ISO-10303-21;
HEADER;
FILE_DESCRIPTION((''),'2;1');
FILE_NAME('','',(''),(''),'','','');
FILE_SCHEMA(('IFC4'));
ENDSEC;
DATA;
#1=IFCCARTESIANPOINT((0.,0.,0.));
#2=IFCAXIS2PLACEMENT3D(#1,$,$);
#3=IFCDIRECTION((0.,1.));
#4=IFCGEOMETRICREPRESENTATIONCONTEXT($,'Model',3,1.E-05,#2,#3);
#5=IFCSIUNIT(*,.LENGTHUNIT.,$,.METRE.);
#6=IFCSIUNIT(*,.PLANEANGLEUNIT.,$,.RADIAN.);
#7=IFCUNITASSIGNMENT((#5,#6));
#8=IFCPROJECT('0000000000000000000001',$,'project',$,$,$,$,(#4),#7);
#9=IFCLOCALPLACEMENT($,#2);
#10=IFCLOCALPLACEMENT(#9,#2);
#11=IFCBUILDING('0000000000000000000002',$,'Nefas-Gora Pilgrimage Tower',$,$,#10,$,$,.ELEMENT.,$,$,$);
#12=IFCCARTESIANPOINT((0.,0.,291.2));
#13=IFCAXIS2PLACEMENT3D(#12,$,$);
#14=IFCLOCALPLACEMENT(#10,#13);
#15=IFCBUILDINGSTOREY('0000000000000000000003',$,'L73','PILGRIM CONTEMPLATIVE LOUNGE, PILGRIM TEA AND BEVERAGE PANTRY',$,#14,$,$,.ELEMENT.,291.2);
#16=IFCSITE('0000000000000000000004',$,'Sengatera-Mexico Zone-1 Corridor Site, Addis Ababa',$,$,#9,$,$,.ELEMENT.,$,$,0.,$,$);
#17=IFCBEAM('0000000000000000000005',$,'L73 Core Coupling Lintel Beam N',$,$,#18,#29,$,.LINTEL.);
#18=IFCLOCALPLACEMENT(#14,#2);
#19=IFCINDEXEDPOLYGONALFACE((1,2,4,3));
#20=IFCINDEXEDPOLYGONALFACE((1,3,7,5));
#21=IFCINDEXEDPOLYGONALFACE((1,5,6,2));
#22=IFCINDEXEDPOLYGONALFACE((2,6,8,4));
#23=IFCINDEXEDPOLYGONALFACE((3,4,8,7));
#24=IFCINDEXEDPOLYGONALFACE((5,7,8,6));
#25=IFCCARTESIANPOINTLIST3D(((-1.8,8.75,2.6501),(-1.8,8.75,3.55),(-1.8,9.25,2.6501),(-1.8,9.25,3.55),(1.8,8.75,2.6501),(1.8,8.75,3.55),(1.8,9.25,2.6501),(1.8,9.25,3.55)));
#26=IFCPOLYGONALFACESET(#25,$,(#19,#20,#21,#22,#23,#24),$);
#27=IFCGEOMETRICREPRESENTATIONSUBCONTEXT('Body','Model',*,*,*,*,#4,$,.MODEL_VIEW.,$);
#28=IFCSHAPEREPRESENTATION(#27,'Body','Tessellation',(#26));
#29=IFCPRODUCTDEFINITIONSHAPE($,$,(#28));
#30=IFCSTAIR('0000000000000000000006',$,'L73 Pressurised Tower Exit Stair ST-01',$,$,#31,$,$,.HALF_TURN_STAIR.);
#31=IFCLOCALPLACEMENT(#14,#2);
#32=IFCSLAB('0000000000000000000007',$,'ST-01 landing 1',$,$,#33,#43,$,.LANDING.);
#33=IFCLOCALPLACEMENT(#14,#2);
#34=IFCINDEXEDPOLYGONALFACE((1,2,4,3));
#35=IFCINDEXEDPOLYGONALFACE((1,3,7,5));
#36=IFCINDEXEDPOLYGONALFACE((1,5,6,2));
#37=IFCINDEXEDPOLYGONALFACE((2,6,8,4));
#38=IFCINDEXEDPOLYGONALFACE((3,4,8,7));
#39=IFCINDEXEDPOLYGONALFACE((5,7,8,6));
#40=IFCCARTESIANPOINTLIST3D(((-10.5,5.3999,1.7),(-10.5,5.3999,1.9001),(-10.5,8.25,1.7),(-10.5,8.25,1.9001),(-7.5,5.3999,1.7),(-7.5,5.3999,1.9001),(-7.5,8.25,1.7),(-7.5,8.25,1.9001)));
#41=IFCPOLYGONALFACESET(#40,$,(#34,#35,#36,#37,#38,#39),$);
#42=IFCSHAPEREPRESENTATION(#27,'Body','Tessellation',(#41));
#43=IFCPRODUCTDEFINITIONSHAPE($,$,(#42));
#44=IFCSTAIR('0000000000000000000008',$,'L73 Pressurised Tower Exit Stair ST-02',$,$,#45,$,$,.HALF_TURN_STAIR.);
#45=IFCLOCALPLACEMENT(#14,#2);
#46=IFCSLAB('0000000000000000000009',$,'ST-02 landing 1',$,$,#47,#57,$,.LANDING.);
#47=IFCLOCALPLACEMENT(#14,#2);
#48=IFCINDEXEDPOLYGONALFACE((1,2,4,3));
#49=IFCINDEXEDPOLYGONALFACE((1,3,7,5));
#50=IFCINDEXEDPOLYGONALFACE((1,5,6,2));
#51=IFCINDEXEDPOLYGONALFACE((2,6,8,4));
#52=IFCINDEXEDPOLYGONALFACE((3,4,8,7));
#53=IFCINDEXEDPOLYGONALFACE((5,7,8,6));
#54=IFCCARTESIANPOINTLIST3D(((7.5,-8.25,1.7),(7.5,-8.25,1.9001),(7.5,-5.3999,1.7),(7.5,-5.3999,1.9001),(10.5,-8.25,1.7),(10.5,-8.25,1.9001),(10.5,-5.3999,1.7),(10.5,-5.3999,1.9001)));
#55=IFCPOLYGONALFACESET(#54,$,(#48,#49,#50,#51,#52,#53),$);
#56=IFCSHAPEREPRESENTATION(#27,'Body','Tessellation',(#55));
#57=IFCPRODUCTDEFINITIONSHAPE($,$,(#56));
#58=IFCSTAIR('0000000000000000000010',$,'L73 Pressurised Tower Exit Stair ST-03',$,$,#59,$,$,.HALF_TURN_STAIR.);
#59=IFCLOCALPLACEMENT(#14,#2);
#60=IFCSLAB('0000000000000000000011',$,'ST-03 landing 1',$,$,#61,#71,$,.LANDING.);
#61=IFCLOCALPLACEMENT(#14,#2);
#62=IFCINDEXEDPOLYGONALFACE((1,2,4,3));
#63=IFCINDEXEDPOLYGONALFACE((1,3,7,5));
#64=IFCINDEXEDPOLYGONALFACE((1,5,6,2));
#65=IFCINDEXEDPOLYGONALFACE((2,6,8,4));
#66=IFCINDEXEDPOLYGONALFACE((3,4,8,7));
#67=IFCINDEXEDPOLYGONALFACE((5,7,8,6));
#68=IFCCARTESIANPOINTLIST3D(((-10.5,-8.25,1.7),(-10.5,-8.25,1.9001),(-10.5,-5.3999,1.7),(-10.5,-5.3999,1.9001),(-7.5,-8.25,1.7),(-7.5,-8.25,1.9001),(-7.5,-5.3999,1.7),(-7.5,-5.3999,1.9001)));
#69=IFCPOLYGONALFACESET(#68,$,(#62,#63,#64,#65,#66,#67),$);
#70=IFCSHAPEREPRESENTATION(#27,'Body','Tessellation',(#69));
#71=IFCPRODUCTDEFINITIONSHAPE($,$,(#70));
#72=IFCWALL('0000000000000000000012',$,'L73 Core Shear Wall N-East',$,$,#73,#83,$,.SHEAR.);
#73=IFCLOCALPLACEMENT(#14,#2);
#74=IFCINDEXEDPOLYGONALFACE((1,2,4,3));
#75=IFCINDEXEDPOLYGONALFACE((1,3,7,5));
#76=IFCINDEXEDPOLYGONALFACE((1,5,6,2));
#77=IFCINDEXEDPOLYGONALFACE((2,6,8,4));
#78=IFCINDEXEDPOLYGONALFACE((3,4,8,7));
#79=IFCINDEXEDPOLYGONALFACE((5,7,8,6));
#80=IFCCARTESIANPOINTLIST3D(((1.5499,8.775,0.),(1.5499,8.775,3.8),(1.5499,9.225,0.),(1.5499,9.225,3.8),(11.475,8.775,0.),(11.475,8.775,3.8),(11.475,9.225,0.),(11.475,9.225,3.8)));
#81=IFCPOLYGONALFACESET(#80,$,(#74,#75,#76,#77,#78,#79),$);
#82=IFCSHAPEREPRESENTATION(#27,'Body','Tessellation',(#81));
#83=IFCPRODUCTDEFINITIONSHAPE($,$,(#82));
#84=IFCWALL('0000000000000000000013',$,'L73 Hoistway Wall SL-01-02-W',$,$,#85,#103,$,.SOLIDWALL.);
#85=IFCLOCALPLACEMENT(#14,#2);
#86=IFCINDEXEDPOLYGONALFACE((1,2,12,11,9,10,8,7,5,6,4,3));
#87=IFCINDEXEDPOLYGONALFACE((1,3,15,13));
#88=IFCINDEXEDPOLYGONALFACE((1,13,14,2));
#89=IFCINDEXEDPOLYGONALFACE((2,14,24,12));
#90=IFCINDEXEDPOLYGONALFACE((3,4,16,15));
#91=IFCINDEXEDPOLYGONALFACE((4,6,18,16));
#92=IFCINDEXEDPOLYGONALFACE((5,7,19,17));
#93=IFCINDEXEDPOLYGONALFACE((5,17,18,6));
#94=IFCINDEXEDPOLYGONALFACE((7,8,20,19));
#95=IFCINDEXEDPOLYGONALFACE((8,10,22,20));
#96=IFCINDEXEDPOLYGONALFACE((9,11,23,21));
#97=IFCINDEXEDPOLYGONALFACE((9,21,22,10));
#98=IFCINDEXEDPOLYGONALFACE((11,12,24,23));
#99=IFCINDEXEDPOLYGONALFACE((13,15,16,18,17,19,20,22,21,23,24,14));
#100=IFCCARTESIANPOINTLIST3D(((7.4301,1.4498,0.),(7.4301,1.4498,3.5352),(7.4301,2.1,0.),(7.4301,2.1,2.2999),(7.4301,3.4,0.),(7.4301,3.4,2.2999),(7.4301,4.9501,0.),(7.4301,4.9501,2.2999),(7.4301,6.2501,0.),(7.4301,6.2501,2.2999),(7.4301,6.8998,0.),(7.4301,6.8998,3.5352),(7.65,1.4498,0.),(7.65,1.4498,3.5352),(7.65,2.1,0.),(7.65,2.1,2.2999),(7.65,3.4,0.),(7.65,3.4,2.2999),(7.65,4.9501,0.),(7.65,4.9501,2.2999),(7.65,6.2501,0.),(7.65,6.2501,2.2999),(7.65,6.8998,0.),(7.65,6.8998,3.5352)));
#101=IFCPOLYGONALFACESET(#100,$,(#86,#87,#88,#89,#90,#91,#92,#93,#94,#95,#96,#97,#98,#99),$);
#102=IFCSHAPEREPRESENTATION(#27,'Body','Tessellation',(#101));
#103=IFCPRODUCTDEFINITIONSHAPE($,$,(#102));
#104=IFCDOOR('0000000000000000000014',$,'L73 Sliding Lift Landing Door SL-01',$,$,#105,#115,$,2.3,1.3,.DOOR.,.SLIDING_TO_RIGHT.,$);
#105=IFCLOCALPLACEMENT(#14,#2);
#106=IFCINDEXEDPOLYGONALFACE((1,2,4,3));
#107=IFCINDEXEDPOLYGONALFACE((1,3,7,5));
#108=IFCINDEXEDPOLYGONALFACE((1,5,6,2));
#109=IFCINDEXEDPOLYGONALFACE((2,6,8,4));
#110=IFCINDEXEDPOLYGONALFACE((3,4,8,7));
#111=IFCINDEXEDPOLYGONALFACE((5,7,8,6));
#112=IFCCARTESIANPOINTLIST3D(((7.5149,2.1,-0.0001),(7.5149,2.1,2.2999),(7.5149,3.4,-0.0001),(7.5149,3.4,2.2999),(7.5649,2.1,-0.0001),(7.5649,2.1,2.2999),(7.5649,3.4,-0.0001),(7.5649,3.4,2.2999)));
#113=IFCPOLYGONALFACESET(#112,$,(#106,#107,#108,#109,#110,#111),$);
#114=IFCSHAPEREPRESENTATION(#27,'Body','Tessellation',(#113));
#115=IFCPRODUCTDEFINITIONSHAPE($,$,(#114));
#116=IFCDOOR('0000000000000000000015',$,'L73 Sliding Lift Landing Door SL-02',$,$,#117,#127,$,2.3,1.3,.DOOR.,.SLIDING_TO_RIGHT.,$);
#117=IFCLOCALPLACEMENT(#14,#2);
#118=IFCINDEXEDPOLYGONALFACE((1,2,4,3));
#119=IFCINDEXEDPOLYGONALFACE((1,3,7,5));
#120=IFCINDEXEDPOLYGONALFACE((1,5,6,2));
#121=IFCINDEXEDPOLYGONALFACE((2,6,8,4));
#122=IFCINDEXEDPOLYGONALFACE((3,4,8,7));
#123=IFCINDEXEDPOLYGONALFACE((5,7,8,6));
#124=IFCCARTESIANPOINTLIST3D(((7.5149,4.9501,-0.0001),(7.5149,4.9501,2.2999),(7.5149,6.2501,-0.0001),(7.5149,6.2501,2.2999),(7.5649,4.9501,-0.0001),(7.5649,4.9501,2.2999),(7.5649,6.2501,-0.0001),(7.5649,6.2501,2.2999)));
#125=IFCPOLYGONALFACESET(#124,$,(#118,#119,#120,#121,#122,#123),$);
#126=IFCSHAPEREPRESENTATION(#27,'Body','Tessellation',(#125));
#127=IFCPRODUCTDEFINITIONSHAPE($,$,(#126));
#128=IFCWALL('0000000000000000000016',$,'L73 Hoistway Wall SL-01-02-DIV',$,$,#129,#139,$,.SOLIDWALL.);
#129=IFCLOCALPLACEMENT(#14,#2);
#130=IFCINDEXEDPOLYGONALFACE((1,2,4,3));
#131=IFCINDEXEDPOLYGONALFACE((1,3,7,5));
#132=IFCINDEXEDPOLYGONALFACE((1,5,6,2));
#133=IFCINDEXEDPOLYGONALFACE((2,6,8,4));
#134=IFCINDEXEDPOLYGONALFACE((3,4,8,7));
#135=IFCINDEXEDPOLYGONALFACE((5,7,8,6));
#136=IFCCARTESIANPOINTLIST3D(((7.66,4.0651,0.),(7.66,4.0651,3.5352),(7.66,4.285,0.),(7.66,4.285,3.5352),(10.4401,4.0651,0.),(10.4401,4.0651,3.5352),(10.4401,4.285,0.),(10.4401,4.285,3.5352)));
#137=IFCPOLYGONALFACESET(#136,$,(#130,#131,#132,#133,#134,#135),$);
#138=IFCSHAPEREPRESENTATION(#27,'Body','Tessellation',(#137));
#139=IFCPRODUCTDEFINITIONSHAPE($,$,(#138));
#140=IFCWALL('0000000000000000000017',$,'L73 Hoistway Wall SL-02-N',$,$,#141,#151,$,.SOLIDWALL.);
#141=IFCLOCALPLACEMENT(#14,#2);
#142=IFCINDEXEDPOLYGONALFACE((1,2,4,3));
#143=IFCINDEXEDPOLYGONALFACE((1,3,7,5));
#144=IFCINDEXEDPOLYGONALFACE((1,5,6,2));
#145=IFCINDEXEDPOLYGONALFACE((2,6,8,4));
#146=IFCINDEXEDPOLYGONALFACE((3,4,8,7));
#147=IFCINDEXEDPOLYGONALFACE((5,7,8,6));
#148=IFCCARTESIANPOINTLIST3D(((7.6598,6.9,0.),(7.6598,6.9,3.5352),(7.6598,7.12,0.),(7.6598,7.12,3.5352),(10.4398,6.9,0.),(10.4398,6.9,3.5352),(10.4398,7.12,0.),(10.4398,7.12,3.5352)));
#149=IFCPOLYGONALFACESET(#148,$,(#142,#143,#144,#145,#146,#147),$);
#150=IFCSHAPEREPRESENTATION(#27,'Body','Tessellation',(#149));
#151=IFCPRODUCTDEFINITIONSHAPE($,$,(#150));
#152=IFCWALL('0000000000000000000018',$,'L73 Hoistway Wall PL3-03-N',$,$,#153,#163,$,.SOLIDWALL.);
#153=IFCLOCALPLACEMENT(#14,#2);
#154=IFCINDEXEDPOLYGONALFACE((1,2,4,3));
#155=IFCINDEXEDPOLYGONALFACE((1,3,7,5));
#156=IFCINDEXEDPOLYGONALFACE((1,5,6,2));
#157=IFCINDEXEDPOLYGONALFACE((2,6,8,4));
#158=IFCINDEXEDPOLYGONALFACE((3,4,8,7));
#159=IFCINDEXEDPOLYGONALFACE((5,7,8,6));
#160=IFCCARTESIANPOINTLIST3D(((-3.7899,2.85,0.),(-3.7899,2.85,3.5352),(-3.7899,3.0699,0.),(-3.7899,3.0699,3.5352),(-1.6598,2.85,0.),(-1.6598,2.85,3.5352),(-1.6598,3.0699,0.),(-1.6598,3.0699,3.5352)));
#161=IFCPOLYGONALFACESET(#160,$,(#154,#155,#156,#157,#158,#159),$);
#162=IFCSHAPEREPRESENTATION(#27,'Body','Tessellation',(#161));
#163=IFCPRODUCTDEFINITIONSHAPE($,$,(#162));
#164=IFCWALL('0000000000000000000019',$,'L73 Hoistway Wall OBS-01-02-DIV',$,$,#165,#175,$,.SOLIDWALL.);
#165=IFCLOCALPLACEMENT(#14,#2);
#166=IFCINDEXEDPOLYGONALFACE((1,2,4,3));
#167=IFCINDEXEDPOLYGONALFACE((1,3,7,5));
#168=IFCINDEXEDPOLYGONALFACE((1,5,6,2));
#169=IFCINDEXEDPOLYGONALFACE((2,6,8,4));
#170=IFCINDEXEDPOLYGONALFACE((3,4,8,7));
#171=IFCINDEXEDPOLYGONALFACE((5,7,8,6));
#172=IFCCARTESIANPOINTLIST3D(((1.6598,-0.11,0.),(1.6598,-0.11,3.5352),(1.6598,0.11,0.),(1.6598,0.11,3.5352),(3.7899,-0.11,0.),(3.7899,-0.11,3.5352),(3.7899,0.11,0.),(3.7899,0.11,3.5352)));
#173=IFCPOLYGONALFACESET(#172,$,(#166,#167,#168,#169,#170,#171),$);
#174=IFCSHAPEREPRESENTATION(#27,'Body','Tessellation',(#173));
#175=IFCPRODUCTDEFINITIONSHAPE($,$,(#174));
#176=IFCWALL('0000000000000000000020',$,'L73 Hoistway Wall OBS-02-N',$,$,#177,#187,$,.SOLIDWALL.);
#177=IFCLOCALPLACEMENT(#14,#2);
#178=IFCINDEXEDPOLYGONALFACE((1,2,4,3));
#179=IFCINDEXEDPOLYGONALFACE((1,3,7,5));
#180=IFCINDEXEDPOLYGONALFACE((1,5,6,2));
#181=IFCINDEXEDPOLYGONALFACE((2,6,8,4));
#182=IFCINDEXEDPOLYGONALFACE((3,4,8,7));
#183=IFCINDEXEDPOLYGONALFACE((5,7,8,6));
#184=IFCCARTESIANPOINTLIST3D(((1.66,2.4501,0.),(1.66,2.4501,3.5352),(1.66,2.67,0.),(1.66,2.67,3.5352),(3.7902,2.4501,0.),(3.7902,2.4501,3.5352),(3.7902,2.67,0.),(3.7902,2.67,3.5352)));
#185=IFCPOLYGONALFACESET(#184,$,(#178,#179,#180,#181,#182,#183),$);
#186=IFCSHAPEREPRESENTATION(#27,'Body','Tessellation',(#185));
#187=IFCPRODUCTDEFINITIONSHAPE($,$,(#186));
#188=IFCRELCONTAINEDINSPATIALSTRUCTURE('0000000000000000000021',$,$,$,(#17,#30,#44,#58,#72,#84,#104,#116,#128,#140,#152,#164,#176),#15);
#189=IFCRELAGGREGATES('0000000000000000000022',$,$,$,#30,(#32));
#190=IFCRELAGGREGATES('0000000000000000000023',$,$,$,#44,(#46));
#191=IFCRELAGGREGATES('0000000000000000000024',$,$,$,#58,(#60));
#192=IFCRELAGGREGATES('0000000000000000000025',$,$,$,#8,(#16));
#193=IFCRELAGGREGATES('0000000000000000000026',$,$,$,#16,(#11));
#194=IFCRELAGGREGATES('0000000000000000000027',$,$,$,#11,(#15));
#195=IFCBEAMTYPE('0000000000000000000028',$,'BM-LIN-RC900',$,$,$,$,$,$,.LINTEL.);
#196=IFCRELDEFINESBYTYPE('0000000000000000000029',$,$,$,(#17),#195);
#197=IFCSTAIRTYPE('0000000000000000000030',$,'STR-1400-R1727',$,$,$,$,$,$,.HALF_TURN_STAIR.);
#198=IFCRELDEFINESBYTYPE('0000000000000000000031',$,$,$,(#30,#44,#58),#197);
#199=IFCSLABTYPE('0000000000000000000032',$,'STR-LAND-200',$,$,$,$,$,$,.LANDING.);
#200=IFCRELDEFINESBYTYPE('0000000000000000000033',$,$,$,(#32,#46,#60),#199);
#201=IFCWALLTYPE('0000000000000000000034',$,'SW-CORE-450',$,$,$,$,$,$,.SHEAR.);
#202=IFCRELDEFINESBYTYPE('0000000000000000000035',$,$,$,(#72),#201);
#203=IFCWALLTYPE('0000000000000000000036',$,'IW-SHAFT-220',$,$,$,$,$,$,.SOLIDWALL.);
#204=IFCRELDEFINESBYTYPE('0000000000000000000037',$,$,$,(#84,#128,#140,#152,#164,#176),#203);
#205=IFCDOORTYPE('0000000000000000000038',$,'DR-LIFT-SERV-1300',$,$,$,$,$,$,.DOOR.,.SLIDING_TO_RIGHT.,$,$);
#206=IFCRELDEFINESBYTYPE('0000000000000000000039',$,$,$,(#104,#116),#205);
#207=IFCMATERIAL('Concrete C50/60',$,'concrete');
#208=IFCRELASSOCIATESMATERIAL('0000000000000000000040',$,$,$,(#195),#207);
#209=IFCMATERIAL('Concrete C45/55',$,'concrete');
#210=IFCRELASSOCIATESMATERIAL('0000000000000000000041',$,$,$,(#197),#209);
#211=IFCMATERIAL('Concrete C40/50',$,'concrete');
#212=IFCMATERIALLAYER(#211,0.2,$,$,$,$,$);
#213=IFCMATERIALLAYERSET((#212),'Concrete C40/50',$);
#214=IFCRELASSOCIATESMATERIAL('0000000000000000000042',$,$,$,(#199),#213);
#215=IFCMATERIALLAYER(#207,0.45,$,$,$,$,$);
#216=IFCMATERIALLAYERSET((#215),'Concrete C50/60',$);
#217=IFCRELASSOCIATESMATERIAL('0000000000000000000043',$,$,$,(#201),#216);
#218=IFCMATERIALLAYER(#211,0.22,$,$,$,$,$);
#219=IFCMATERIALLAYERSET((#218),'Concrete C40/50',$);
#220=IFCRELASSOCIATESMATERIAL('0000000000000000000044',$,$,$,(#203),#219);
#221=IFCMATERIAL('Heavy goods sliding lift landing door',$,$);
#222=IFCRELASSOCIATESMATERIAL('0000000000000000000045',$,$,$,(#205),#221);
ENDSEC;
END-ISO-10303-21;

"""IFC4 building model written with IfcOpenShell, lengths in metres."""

from ifc_helpers import new_model, si_unit, direction, frame, frame_2d, origin, origin_2d, place, context, subcontext, project, spatial, polyline, rectangle, outline, extrude, source, transform, mapped, material, layer, layer_set, material_profile, profile_set, type_object, element, fill, aggregate, save


model = new_model("IFC4")

# Units and contexts
model_context = context("Model", 3, precision=1e-05, world=origin(), true_north=direction((0.0, 1.0)))
body_context = subcontext(model_context, "Body", "Model", "MODEL_VIEW")
ifc_project = project(units=[si_unit("LENGTHUNIT", "METRE"), si_unit("PLANEANGLEUNIT", "RADIAN")], contexts=[model_context])

# Site, building, storey
site_placement = place(None, origin())
site = spatial("IfcSite", under=ifc_project, at=site_placement, Name="Sengatera-Mexico Zone-1 Corridor Site, Addis Ababa", CompositionType="ELEMENT", RefElevation=0.0)
building_placement = place(site_placement, origin())
building = spatial("IfcBuilding", under=site, at=building_placement, Name="Nefas-Gora Pilgrimage Tower", CompositionType="ELEMENT")
storey_placement = place(building_placement, frame((0.0, 0.0, 291.2)))
storey = spatial("IfcBuildingStorey", under=building, at=storey_placement, Name="L73", Description="PILGRIM CONTEMPLATIVE LOUNGE, PILGRIM TEA AND BEVERAGE PANTRY", CompositionType="ELEMENT", Elevation=291.2)

# Beam
ifc_material_1 = material(Name="Concrete C50/60", Category="concrete")
ifc_material_profile = material_profile(ifc_material_1, rectangle(XDim=0.5, YDim=0.8999, at=origin_2d()), Name="RC 500x900")
ifc_profile_set = profile_set([ifc_material_profile], Name="Concrete C50/60")
beam_type = type_object("IfcBeamType", Name="BM-LIN-RC900", PredefinedType="LINTEL", material=ifc_profile_set)
shared_shape_1 = source(origin(), body_context, "Body", "SweptSolid", [
    extrude(rectangle(XDim=0.5, YDim=0.8999, at=origin_2d()), origin(), (0.0, 0.0, 1.0), 3.6001),
])
beam_placement = place(storey_placement, frame((-1.8, 9.0, 3.1001), z_axis=(1.0, 0.0, 0.0), x_axis=(0.0, 1.0, 0.0)))
element("IfcBeam", 1, at=beam_placement, inside=storey, type_object=beam_type, Name="L73 Core Coupling Lintel Beam N", PredefinedType="LINTEL", context=body_context, shape_type="MappedRepresentation", body=[
    mapped(shared_shape_1, transform((0.0, 0.0, 0.0), x_axis=(1.0, 0.0, 0.0), y_axis=(0.0, 1.0, 0.0), z_axis=(0.0, 0.0, 1.0), scale=1.0)),
])

# Stairs, slabs
ifc_material_2 = material(Name="Concrete C45/55", Category="concrete")
stair_type = type_object("IfcStairType", Name="STR-1400-R1727", PredefinedType="HALF_TURN_STAIR", material=ifc_material_2)
stair_1_placement = place(storey_placement, origin())
stair_1 = element("IfcStair", 2, at=stair_1_placement, inside=storey, type_object=stair_type, Name="L73 Pressurised Tower Exit Stair ST-01", PredefinedType="HALF_TURN_STAIR")
ifc_material_3 = material(Name="Concrete C40/50", Category="concrete")
ifc_layer_1 = layer(ifc_material_3, 0.2)
ifc_layer_set_1 = layer_set([ifc_layer_1], Name="Concrete C40/50")
slab_type = type_object("IfcSlabType", Name="STR-LAND-200", PredefinedType="LANDING", material=ifc_layer_set_1)
slab_1_placement = place(storey_placement, frame((0.0, 0.0, 1.7)))
slab_1 = element("IfcSlab", 3, at=slab_1_placement, type_object=slab_type, Name="ST-01 landing 1", PredefinedType="LANDING", context=body_context, shape_type="SweptSolid", body=[
    extrude(outline(polyline([(-7.5, 5.3999), (-7.5, 8.25), (-10.5, 8.25), (-10.5, 5.3999), (-7.5, 5.3999)])), origin(), (0.0, 0.0, 1.0), 0.2002),
])
aggregate(stair_1, [slab_1])
stair_2_placement = place(storey_placement, origin())
stair_2 = element("IfcStair", 4, at=stair_2_placement, inside=storey, type_object=stair_type, Name="L73 Pressurised Tower Exit Stair ST-02", PredefinedType="HALF_TURN_STAIR")
slab_2_placement = place(storey_placement, frame((0.0, 0.0, 1.7)))
slab_2 = element("IfcSlab", 5, at=slab_2_placement, type_object=slab_type, Name="ST-02 landing 1", PredefinedType="LANDING", context=body_context, shape_type="SweptSolid", body=[
    extrude(outline(polyline([(7.5, -5.3999), (7.5, -8.25), (10.5, -8.25), (10.5, -5.3999), (7.5, -5.3999)])), origin(), (0.0, 0.0, 1.0), 0.2002),
])
aggregate(stair_2, [slab_2])
stair_3_placement = place(storey_placement, origin())
stair_3 = element("IfcStair", 6, at=stair_3_placement, inside=storey, type_object=stair_type, Name="L73 Pressurised Tower Exit Stair ST-03", PredefinedType="HALF_TURN_STAIR")
slab_3_placement = place(storey_placement, frame((0.0, 0.0, 1.7)))
slab_3 = element("IfcSlab", 7, at=slab_3_placement, type_object=slab_type, Name="ST-03 landing 1", PredefinedType="LANDING", context=body_context, shape_type="SweptSolid", body=[
    extrude(outline(polyline([(-10.5, -5.3999), (-10.5, -8.25), (-7.5, -8.25), (-7.5, -5.3999), (-10.5, -5.3999)])), origin(), (0.0, 0.0, 1.0), 0.2002),
])
aggregate(stair_3, [slab_3])

# Wall
ifc_layer_2 = layer(ifc_material_1, 0.45)
ifc_layer_set_2 = layer_set([ifc_layer_2], Name="Concrete C50/60")
wall_type_1 = type_object("IfcWallType", Name="SW-CORE-450", PredefinedType="SHEAR", material=ifc_layer_set_2)
shared_shape_2 = source(origin(), body_context, "Body", "SweptSolid", [
    extrude(rectangle(XDim=9.925, YDim=0.45, at=frame_2d((4.9624, 0.0))), origin(), (0.0, 0.0, 1.0), 3.8),
])
wall_1_placement = place(storey_placement, frame((1.55, 9.0, 0.0), z_axis=(0.0, 0.0, 1.0), x_axis=(1.0, 0.0, 0.0)))
element("IfcWall", 8, at=wall_1_placement, inside=storey, type_object=wall_type_1, Name="L73 Core Shear Wall N-East", PredefinedType="SHEAR", context=body_context, shape_type="MappedRepresentation", body=[
    mapped(shared_shape_2, transform((0.0, 0.0, 0.0), x_axis=(1.0, 0.0, 0.0), y_axis=(0.0, 1.0, 0.0), z_axis=(0.0, 0.0, 1.0), scale=1.0)),
])

# Wall, openings, doors
ifc_layer_3 = layer(ifc_material_3, 0.22)
ifc_layer_set_3 = layer_set([ifc_layer_3], Name="Concrete C40/50")
wall_type_2 = type_object("IfcWallType", Name="IW-SHAFT-220", PredefinedType="SOLIDWALL", material=ifc_layer_set_3)
shared_shape_3 = source(origin(), body_context, "Body", "SweptSolid", [
    extrude(rectangle(XDim=5.45, YDim=0.22, at=frame_2d((2.7251, 0.0))), origin(), (0.0, 0.0, 1.0), 3.5352),
])
wall_2_placement = place(storey_placement, frame((7.54, 6.8999, 0.0), z_axis=(0.0, 0.0, 1.0), x_axis=(0.0, -1.0, 0.0)))
wall_2 = element("IfcWall", 9, at=wall_2_placement, inside=storey, type_object=wall_type_2, Name="L73 Hoistway Wall SL-01-02-W", PredefinedType="SOLIDWALL", context=body_context, shape_type="MappedRepresentation", body=[
    mapped(shared_shape_3, transform((0.0, 0.0, 0.0), x_axis=(1.0, 0.0, 0.0), y_axis=(0.0, 1.0, 0.0), z_axis=(0.0, 0.0, 1.0), scale=1.0)),
])
opening_1_placement = place(wall_2_placement, frame((3.5, 0.0, 0.0)))
opening_1 = element("IfcOpeningElement", 10, at=opening_1_placement, cuts=wall_2, PredefinedType="OPENING", context=body_context, shape_type="SweptSolid", body=[
    extrude(rectangle(XDim=1.3, YDim=2.3, at=frame_2d((0.6499, 1.1499))), frame((0.0, 0.1199, 0.0), z_axis=(0.0, -1.0, 0.0), x_axis=(1.0, 0.0, 0.0)), (0.0, 0.0, 1.0), 0.24),
])
opening_2_placement = place(wall_2_placement, frame((0.6499, 0.0, 0.0)))
opening_2 = element("IfcOpeningElement", 11, at=opening_2_placement, cuts=wall_2, PredefinedType="OPENING", context=body_context, shape_type="SweptSolid", body=[
    extrude(rectangle(XDim=1.3, YDim=2.3, at=frame_2d((0.6499, 1.1499))), frame((0.0, 0.1199, 0.0), z_axis=(0.0, -1.0, 0.0), x_axis=(1.0, 0.0, 0.0)), (0.0, 0.0, 1.0), 0.24),
])
ifc_material_4 = material(Name="Heavy goods sliding lift landing door")
door_type_1 = type_object("IfcDoorType", Name="DR-LIFT-SERV-1300", OperationType="SLIDING_TO_RIGHT", PredefinedType="DOOR", material=ifc_material_4)
shared_shape_4 = source(origin(), body_context, "Body", "SweptSolid", [
    extrude(rectangle(XDim=1.3, YDim=2.3, at=frame_2d((0.6499, 1.1499))), frame((0.0, 0.0249, 0.0), z_axis=(0.0, -1.0, 0.0), x_axis=(1.0, 0.0, 0.0)), (0.0, 0.0, 1.0), 0.05),
])
door_1_placement = place(opening_1_placement, origin())
door_1 = element("IfcDoor", 12, at=door_1_placement, inside=storey, type_object=door_type_1, Name="L73 Sliding Lift Landing Door SL-01", OperationType="SLIDING_TO_RIGHT", OverallHeight=2.3, OverallWidth=1.3, PredefinedType="DOOR", context=body_context, shape_type="MappedRepresentation", body=[
    mapped(shared_shape_4, transform((0.0, 0.0, 0.0), x_axis=(1.0, 0.0, 0.0), y_axis=(0.0, 1.0, 0.0), z_axis=(0.0, 0.0, 1.0), scale=1.0)),
])
fill(opening_1, door_1)
door_2_placement = place(opening_2_placement, origin())
door_2 = element("IfcDoor", 13, at=door_2_placement, inside=storey, type_object=door_type_1, Name="L73 Sliding Lift Landing Door SL-02", OperationType="SLIDING_TO_RIGHT", OverallHeight=2.3, OverallWidth=1.3, PredefinedType="DOOR", context=body_context, shape_type="MappedRepresentation", body=[
    mapped(shared_shape_4, transform((0.0, 0.0, 0.0), x_axis=(1.0, 0.0, 0.0), y_axis=(0.0, 1.0, 0.0), z_axis=(0.0, 0.0, 1.0), scale=1.0)),
])
fill(opening_2, door_2)

# Walls
shared_shape_5 = source(origin(), body_context, "Body", "SweptSolid", [
    extrude(rectangle(XDim=2.78, YDim=0.22, at=frame_2d((1.3901, 0.0))), origin(), (0.0, 0.0, 1.0), 3.5352),
])
for number, where, z_axis, x_axis, name in (
    (14, (7.6599, 4.175, 0.0), (0.0, 0.0, 1.0), (1.0, 0.0, 0.0), "L73 Hoistway Wall SL-01-02-DIV"),
    (15, (10.4399, 7.01, 0.0), (0.0, 0.0, 1.0), (-1.0, 0.0, 0.0), "L73 Hoistway Wall SL-02-N"),
):
    element("IfcWall", number, at=place(storey_placement, frame(where, z_axis=z_axis, x_axis=x_axis)), inside=storey, type_object=wall_type_2, Name=name, PredefinedType="SOLIDWALL", context=body_context, shape_type="MappedRepresentation", body=[
        mapped(shared_shape_5, transform((0.0, 0.0, 0.0), x_axis=(1.0, 0.0, 0.0), y_axis=(0.0, 1.0, 0.0), z_axis=(0.0, 0.0, 1.0), scale=1.0)),
    ])
shared_shape_6 = source(origin(), body_context, "Body", "SweptSolid", [
    extrude(rectangle(XDim=2.1301, YDim=0.22, at=frame_2d((1.0649, 0.0))), origin(), (0.0, 0.0, 1.0), 3.5352),
])
for number, where, z_axis, x_axis, name in (
    (16, (-1.6599, 2.96, 0.0), (0.0, 0.0, 1.0), (-1.0, 0.0, 0.0), "L73 Hoistway Wall PL3-03-N"),
    (17, (1.6599, 0.0, 0.0), (0.0, 0.0, 1.0), (1.0, 0.0, 0.0), "L73 Hoistway Wall OBS-01-02-DIV"),
    (18, (3.79, 2.5601, 0.0), (0.0, 0.0, 1.0), (-1.0, 0.0, 0.0), "L73 Hoistway Wall OBS-02-N"),
):
    element("IfcWall", number, at=place(storey_placement, frame(where, z_axis=z_axis, x_axis=x_axis)), inside=storey, type_object=wall_type_2, Name=name, PredefinedType="SOLIDWALL", context=body_context, shape_type="MappedRepresentation", body=[
        mapped(shared_shape_6, transform((0.0, 0.0, 0.0), x_axis=(1.0, 0.0, 0.0), y_axis=(0.0, 1.0, 0.0), z_axis=(0.0, 0.0, 1.0), scale=1.0)),
    ])

save(model, "model.ifc")
